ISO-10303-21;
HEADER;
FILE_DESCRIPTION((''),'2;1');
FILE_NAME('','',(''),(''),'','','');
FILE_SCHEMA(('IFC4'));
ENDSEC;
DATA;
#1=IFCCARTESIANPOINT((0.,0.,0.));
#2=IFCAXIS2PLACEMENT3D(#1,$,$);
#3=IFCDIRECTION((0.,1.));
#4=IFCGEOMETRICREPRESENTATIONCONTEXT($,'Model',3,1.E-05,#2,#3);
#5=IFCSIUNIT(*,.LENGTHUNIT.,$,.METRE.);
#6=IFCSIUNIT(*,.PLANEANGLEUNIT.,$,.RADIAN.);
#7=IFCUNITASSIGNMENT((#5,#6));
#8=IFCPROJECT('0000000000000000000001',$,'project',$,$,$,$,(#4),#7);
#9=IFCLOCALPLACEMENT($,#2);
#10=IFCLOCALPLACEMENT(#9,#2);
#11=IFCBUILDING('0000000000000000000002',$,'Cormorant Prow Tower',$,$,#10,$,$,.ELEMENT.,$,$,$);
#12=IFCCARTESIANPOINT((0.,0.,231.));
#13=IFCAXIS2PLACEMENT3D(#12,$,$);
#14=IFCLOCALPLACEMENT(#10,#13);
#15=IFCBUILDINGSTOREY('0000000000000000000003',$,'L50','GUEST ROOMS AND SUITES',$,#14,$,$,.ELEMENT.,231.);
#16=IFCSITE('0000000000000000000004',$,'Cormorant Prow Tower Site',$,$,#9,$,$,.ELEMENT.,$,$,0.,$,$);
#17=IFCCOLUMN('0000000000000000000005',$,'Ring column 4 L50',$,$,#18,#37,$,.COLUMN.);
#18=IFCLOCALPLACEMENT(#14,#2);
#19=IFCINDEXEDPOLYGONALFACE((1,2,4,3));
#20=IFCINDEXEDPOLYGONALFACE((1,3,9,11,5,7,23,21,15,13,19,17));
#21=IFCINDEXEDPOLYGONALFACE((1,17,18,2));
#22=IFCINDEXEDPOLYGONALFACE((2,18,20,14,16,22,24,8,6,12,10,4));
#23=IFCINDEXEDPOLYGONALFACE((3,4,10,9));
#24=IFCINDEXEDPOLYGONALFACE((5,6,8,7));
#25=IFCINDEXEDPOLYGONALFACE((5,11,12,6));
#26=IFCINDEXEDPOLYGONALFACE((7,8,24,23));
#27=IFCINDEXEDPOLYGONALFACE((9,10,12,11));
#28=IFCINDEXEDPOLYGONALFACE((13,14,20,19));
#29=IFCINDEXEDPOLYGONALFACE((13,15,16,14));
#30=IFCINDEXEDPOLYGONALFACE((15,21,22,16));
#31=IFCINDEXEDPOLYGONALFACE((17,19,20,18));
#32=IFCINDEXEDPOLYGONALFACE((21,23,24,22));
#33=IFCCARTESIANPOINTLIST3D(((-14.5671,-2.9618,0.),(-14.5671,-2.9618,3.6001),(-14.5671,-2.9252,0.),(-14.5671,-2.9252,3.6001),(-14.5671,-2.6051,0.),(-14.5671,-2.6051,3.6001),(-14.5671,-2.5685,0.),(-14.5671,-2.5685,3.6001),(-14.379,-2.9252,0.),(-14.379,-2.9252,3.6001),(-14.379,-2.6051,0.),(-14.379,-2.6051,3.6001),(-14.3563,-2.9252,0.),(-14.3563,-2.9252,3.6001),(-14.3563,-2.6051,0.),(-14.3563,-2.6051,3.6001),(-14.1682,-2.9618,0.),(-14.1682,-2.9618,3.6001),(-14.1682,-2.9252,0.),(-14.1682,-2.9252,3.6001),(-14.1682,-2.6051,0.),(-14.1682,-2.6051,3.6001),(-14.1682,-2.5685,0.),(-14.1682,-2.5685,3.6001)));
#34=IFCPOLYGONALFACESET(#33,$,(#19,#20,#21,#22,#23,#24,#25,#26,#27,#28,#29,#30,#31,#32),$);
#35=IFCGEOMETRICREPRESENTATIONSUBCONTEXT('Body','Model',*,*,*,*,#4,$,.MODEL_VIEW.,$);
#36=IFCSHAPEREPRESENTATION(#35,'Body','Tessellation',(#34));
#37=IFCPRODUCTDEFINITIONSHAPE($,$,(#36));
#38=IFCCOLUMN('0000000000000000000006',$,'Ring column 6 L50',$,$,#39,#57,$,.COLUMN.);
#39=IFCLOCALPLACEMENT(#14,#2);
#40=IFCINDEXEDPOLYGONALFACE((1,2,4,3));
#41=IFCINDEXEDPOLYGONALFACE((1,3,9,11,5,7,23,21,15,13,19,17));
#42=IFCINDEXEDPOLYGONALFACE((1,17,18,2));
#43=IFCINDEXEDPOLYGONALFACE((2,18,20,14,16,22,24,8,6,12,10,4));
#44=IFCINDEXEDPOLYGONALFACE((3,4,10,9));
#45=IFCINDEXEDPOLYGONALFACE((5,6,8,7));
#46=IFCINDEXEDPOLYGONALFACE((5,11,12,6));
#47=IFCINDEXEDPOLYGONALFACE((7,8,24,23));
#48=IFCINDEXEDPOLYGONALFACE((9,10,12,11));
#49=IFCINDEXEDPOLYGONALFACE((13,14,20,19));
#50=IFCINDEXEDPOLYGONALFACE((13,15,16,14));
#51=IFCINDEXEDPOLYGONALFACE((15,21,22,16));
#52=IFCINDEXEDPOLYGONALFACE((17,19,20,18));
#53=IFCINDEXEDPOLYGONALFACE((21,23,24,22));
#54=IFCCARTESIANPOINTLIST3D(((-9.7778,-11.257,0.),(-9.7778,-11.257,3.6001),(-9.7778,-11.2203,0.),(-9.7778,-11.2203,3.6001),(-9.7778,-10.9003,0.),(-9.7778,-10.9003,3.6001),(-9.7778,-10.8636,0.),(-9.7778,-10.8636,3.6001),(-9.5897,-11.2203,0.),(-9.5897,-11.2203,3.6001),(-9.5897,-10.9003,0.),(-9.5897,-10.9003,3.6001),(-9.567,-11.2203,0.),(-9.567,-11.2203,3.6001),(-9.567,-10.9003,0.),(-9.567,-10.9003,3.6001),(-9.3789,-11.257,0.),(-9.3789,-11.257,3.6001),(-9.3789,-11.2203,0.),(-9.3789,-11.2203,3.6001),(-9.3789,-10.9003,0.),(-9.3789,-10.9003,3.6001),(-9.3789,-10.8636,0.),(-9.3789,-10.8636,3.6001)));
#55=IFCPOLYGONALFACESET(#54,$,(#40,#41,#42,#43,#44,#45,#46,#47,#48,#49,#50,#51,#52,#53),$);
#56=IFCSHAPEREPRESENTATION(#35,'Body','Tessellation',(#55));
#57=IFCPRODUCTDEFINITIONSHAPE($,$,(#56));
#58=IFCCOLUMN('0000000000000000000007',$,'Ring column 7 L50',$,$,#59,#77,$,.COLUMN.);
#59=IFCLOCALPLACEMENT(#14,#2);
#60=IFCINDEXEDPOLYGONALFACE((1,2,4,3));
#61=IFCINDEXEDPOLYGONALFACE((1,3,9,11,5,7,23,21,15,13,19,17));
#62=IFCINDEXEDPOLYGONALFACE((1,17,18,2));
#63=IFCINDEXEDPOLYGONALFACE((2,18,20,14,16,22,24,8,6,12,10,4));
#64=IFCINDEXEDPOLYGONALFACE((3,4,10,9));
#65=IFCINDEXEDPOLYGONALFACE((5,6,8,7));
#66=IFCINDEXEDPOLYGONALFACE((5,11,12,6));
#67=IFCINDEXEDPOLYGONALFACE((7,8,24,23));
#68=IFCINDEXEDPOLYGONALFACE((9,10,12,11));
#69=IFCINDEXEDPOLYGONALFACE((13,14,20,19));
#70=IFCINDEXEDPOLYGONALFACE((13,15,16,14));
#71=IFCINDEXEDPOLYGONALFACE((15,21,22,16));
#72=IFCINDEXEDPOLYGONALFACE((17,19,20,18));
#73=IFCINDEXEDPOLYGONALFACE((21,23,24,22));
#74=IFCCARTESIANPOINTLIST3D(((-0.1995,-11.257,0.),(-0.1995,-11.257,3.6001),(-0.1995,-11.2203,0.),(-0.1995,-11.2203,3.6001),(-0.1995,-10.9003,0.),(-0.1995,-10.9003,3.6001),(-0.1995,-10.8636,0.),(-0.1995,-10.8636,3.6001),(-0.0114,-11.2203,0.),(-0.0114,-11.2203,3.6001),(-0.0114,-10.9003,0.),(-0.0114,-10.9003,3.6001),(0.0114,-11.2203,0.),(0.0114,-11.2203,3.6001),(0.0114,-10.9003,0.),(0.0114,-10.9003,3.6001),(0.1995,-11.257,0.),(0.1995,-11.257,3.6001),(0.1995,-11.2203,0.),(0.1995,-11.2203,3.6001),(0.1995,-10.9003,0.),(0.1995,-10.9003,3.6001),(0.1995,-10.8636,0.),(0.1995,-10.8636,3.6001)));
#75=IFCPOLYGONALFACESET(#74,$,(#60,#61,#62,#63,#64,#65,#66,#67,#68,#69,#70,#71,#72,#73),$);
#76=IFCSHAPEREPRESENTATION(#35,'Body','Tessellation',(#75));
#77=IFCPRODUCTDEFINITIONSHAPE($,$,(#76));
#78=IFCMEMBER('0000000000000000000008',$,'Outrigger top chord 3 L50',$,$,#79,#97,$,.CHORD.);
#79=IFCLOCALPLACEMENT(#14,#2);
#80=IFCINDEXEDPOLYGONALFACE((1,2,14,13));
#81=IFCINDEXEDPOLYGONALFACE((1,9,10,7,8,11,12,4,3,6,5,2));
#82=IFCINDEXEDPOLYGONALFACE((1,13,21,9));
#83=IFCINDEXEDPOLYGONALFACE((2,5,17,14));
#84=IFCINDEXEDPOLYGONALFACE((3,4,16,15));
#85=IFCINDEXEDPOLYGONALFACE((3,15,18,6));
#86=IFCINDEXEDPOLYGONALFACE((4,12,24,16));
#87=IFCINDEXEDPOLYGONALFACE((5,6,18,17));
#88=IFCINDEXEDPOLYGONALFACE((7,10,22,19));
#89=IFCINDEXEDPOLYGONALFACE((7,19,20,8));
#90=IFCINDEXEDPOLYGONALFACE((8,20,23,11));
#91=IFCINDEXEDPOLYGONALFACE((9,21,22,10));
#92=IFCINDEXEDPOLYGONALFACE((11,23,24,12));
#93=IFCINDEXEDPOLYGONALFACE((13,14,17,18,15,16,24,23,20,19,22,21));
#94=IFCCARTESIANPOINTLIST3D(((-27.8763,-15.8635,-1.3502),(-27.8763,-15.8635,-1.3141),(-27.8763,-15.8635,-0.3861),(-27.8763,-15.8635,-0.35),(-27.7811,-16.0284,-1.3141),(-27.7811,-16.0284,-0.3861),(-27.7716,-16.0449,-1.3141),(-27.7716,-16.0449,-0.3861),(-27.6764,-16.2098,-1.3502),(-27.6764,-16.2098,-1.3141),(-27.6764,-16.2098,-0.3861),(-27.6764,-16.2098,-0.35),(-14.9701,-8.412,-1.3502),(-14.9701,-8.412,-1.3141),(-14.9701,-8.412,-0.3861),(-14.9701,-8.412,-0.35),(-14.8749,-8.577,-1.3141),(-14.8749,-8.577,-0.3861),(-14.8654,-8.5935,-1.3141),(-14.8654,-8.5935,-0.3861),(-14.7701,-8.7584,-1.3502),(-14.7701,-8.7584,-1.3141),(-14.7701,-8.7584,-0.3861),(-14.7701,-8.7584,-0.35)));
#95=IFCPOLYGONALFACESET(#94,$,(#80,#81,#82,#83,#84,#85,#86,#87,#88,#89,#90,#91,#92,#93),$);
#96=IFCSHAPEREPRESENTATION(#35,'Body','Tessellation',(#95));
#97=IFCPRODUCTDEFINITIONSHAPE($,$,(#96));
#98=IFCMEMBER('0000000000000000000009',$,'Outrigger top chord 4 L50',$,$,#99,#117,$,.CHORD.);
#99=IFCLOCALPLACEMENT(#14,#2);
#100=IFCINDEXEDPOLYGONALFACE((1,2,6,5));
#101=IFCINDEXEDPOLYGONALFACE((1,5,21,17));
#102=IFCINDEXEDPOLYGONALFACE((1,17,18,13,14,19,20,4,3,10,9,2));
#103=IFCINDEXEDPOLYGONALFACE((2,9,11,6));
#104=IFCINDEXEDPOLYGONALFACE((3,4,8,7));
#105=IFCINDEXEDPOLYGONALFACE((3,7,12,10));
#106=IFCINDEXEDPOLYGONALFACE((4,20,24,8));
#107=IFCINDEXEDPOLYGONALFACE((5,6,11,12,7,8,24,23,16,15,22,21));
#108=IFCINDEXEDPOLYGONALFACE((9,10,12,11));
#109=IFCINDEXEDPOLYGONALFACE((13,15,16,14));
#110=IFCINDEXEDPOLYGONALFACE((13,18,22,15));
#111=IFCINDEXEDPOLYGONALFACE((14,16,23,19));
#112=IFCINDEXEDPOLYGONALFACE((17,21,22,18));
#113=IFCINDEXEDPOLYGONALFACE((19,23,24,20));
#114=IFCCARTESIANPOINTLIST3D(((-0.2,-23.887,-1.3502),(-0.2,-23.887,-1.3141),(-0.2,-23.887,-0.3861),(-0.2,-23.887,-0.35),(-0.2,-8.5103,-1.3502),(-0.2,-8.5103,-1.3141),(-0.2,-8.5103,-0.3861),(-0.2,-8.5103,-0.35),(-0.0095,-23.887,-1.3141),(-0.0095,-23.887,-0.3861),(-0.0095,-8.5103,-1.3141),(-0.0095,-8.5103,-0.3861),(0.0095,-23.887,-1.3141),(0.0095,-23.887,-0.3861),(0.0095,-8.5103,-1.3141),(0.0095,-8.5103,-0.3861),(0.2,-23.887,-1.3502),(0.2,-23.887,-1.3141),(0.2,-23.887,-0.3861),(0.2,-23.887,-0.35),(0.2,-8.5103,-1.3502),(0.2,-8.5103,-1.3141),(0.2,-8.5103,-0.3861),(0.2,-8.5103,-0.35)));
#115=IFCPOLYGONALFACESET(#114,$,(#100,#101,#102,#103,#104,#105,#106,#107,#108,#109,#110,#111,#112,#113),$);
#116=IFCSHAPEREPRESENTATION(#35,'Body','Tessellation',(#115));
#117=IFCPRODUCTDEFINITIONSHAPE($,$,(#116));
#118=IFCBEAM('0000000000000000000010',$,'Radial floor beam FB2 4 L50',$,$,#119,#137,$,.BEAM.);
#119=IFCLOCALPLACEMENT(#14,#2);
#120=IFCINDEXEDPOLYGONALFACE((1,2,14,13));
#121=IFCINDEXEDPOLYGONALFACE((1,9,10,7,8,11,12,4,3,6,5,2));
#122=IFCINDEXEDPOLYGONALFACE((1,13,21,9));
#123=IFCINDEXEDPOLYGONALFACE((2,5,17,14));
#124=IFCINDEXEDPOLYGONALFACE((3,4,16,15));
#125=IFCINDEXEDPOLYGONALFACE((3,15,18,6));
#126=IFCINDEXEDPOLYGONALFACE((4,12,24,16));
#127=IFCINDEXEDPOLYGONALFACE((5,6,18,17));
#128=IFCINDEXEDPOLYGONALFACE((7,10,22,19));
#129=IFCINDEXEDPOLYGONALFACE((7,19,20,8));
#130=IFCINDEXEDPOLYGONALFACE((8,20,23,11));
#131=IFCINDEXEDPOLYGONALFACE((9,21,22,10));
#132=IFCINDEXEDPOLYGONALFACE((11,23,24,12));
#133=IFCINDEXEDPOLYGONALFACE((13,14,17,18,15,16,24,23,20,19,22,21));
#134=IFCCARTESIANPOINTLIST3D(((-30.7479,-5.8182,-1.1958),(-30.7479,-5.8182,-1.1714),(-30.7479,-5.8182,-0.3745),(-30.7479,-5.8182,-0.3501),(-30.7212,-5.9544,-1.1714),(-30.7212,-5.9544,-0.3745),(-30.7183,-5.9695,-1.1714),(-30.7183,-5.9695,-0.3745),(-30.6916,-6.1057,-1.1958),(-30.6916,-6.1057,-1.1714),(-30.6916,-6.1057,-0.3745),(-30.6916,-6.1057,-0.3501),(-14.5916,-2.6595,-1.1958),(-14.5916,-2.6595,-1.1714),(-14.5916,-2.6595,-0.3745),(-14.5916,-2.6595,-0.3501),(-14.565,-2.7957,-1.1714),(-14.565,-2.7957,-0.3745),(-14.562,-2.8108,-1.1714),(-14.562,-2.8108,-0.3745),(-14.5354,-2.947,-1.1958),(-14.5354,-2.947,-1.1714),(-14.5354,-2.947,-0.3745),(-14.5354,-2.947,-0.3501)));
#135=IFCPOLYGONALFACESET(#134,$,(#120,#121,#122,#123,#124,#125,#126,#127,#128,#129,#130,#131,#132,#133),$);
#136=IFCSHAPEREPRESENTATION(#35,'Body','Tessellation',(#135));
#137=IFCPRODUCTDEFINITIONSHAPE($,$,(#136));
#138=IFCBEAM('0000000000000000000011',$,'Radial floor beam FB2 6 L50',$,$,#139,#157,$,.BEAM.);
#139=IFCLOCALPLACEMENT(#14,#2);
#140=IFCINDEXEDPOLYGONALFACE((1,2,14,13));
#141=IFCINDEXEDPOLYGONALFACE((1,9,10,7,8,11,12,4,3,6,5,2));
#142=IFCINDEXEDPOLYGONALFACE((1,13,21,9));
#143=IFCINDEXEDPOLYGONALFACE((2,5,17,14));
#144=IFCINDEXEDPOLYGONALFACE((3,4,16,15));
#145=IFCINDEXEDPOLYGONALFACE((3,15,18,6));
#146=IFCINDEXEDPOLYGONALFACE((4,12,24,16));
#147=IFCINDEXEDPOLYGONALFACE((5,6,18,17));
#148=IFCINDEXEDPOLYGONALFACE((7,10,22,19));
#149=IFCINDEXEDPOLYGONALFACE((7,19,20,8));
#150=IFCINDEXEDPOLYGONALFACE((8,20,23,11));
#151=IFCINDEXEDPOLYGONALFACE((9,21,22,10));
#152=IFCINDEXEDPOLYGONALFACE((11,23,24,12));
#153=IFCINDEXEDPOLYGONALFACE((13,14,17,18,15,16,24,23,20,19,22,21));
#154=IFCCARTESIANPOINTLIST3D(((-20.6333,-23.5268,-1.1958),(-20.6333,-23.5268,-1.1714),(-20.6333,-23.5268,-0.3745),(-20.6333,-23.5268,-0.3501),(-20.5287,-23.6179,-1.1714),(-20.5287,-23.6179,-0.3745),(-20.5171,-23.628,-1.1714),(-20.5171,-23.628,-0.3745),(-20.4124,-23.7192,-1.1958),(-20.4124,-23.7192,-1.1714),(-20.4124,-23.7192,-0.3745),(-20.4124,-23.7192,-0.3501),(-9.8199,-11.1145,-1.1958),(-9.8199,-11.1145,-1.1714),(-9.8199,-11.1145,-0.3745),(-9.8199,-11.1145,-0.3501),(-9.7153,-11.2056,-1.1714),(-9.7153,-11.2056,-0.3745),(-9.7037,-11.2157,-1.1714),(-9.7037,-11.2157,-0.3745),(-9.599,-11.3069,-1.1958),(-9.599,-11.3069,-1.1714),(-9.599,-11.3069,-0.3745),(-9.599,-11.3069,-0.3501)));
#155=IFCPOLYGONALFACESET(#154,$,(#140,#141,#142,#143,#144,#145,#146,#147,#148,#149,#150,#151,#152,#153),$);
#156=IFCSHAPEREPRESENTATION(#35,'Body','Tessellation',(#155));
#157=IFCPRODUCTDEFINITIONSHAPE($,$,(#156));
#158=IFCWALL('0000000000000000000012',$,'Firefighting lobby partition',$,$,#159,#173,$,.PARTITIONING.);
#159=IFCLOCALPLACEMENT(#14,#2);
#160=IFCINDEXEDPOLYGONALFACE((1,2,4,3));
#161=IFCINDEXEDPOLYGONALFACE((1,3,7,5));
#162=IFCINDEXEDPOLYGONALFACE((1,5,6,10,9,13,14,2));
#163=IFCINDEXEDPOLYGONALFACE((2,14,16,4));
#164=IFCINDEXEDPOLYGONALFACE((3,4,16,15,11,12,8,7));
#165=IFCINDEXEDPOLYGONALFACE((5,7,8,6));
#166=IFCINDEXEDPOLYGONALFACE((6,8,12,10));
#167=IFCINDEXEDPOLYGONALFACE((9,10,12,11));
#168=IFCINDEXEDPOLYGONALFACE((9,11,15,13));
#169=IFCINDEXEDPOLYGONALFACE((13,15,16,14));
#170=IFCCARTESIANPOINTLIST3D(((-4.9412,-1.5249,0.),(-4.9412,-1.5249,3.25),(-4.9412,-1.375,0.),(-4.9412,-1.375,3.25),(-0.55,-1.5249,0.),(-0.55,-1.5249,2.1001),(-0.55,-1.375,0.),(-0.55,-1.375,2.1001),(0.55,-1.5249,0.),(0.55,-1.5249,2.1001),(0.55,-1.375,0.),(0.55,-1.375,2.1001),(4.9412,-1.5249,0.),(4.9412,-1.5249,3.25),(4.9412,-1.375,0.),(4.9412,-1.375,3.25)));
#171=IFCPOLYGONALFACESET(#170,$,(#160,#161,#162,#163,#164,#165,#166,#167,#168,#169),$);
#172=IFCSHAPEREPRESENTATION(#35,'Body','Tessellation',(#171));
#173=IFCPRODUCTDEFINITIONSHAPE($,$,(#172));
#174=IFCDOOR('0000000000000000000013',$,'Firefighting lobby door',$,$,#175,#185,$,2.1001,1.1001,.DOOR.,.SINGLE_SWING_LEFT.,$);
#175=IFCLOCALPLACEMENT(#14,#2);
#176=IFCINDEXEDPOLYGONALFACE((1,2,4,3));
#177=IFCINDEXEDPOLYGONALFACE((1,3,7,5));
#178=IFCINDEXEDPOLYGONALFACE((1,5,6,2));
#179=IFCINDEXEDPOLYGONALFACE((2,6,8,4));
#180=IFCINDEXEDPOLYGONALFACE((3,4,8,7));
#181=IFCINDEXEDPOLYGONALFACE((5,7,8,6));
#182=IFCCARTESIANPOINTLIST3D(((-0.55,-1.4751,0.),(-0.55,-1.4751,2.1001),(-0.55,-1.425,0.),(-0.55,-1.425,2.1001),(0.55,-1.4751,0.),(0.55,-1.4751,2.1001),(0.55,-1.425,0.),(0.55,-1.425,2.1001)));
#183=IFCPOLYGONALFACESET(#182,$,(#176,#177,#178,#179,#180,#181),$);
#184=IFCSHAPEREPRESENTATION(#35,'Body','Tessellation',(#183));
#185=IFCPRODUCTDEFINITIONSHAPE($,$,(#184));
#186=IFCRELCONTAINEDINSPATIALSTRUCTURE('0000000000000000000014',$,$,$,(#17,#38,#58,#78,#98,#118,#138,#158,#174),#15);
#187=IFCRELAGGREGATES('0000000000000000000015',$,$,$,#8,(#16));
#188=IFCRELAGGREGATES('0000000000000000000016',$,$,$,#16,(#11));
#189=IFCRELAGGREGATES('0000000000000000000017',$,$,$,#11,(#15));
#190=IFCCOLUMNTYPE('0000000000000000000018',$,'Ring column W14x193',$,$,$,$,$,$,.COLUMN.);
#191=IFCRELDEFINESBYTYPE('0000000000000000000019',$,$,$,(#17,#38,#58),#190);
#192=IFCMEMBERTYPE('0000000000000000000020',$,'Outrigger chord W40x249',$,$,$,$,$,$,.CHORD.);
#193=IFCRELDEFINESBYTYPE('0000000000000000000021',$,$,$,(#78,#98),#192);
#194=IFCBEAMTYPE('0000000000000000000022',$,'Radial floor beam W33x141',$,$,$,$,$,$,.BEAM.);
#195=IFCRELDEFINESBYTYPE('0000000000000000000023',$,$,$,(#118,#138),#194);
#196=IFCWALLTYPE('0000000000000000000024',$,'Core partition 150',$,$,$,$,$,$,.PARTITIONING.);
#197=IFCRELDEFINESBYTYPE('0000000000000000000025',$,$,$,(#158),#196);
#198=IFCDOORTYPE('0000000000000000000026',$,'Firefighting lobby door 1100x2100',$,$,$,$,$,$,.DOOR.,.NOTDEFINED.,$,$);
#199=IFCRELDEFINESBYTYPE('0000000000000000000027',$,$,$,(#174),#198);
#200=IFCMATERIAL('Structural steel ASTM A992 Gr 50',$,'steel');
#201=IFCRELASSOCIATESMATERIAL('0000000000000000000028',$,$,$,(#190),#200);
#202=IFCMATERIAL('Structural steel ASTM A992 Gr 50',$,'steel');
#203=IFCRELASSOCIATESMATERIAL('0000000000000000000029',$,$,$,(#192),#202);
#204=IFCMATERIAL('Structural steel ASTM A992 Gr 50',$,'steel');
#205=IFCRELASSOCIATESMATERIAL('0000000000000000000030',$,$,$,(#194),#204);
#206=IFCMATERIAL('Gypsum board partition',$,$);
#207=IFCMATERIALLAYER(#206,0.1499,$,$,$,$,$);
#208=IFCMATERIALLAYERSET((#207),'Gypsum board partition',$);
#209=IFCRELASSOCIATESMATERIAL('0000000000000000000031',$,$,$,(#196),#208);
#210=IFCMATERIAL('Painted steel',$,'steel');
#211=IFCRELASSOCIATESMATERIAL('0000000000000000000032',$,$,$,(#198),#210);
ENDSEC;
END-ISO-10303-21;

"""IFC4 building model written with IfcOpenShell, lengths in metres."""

from ifc_helpers import new_model, si_unit, direction, frame, frame_2d, origin, origin_2d, place, context, subcontext, project, spatial, rectangle, i_section, extrude, material, layer, layer_set, material_profile, profile_set, type_object, element, fill, save


model = new_model("IFC4")

# Units and contexts
model_context = context("Model", 3, precision=1e-05, world=origin(), true_north=direction((0.0, 1.0)))
body_context = subcontext(model_context, "Body", "Model", "MODEL_VIEW")
ifc_project = project(units=[si_unit("LENGTHUNIT", "METRE"), si_unit("PLANEANGLEUNIT", "RADIAN")], contexts=[model_context])

# Site, building, storey
site_placement = place(None, origin())
site = spatial("IfcSite", under=ifc_project, at=site_placement, Name="Cormorant Prow Tower Site", CompositionType="ELEMENT", RefElevation=0.0)
building_placement = place(site_placement, origin())
building = spatial("IfcBuilding", under=site, at=building_placement, Name="Cormorant Prow Tower", CompositionType="ELEMENT")
storey_placement = place(building_placement, frame((0.0, 0.0, 231.0)))
storey = spatial("IfcBuildingStorey", under=building, at=storey_placement, Name="L50", Description="GUEST ROOMS AND SUITES", CompositionType="ELEMENT", Elevation=231.0)

# Columns
ifc_material_1 = material(Name="Structural steel ASTM A992 Gr 50", Category="steel")
ifc_material_profile_1 = material_profile(ifc_material_1, i_section(OverallWidth=0.3989, OverallDepth=0.3933, WebThickness=0.0227, FlangeThickness=0.0366, at=origin_2d()), Name="W14x193")
ifc_profile_set_1 = profile_set([ifc_material_profile_1], Name="Structural steel ASTM A992 Gr 50")
column_type = type_object("IfcColumnType", Name="Ring column W14x193", PredefinedType="COLUMN", material=ifc_profile_set_1)
for number, where, z_axis, x_axis, name in (
    (1, (-14.3677, -2.7651, 0.0), (0.0, 0.0, 1.0), (1.0, 0.0, 0.0), "Ring column 4 L50"),
    (2, (-9.5784, -11.0603, 0.0), (0.0, 0.0, 1.0), (1.0, 0.0, 0.0), "Ring column 6 L50"),
    (3, (0.0, -11.0603, 0.0), (0.0, 0.0, 1.0), (1.0, 0.0, 0.0), "Ring column 7 L50"),
):
    element("IfcColumn", number, at=place(storey_placement, frame(where, z_axis=z_axis, x_axis=x_axis)), inside=storey, type_object=column_type, Name=name, PredefinedType="COLUMN", context=body_context, shape_type="SweptSolid", body=[
        extrude(i_section(OverallWidth=0.3989, OverallDepth=0.3933, WebThickness=0.0227, FlangeThickness=0.0366, at=origin_2d()), origin(), (0.0, 0.0, 1.0), 3.6001),
    ])

# Members
ifc_material_2 = material(Name="Structural steel ASTM A992 Gr 50", Category="steel")
ifc_material_profile_2 = material_profile(ifc_material_2, i_section(OverallWidth=0.3999, OverallDepth=1.0002, WebThickness=0.019, FlangeThickness=0.0361, at=origin_2d()), Name="W40x249")
ifc_profile_set_2 = profile_set([ifc_material_profile_2], Name="Structural steel ASTM A992 Gr 50")
member_type = type_object("IfcMemberType", Name="Outrigger chord W40x249", PredefinedType="CHORD", material=ifc_profile_set_2)
member_1_placement = place(storey_placement, frame((-14.8701, -8.5852, -0.8501), z_axis=(-0.866026, -0.499999, 0.0), x_axis=(0.499999, -0.866026, 0.0)))
element("IfcMember", 4, at=member_1_placement, inside=storey, type_object=member_type, Name="Outrigger top chord 3 L50", PredefinedType="CHORD", context=body_context, shape_type="SweptSolid", body=[
    extrude(i_section(OverallWidth=0.3999, OverallDepth=1.0002, WebThickness=0.019, FlangeThickness=0.0361, at=origin_2d()), origin(), (0.0, 0.0, 1.0), 14.9028),
])
member_2_placement = place(storey_placement, frame((0.0, -8.5103, -0.8501), z_axis=(0.0, -1.0, 0.0), x_axis=(1.0, 0.0, 0.0)))
element("IfcMember", 5, at=member_2_placement, inside=storey, type_object=member_type, Name="Outrigger top chord 4 L50", PredefinedType="CHORD", context=body_context, shape_type="SweptSolid", body=[
    extrude(i_section(OverallWidth=0.3999, OverallDepth=1.0002, WebThickness=0.019, FlangeThickness=0.0361, at=origin_2d()), origin(), (0.0, 0.0, 1.0), 15.3767),
])

# Beams
ifc_material_3 = material(Name="Structural steel ASTM A992 Gr 50", Category="steel")
ifc_material_profile_3 = material_profile(ifc_material_3, i_section(OverallWidth=0.293, OverallDepth=0.8457, WebThickness=0.0154, FlangeThickness=0.0244, at=origin_2d()), Name="W33x141")
ifc_profile_set_3 = profile_set([ifc_material_profile_3], Name="Structural steel ASTM A992 Gr 50")
beam_type = type_object("IfcBeamType", Name="Radial floor beam W33x141", PredefinedType="BEAM", material=ifc_profile_set_3)
beam_1_placement = place(storey_placement, frame((-14.5635, -2.8032, -0.7729), z_axis=(-0.981419, -0.191876, 0.0), x_axis=(0.191876, -0.981419, 0.0)))
element("IfcBeam", 6, at=beam_1_placement, inside=storey, type_object=beam_type, Name="Radial floor beam FB2 4 L50", PredefinedType="BEAM", context=body_context, shape_type="SweptSolid", body=[
    extrude(i_section(OverallWidth=0.293, OverallDepth=0.8457, WebThickness=0.0154, FlangeThickness=0.0244, at=origin_2d()), origin(), (0.0, 0.0, 1.0), 16.4622),
])
beam_2_placement = place(storey_placement, frame((-9.7095, -11.2107, -0.7729), z_axis=(-0.656875, -0.754, 0.0), x_axis=(0.754, -0.656875, 0.0)))
element("IfcBeam", 7, at=beam_2_placement, inside=storey, type_object=beam_type, Name="Radial floor beam FB2 6 L50", PredefinedType="BEAM", context=body_context, shape_type="SweptSolid", body=[
    extrude(i_section(OverallWidth=0.293, OverallDepth=0.8457, WebThickness=0.0154, FlangeThickness=0.0244, at=origin_2d()), origin(), (0.0, 0.0, 1.0), 16.4619),
])

# Wall, opening, door
ifc_material_4 = material(Name="Gypsum board partition")
ifc_layer_1 = layer(ifc_material_4, 0.1499)
ifc_layer_set_1 = layer_set([ifc_layer_1], Name="Gypsum board partition")
wall_type_1 = type_object("IfcWallType", Name="Core partition 150", PredefinedType="PARTITIONING", material=ifc_layer_set_1)
wall_1_placement = place(storey_placement, frame((-4.9412, -1.45, 0.0), z_axis=(0.0, 0.0, 1.0), x_axis=(1.0, 0.0, 0.0)))
wall_1 = element("IfcWall", 8, at=wall_1_placement, inside=storey, type_object=wall_type_1, Name="Firefighting lobby partition", PredefinedType="PARTITIONING", context=body_context, shape_type="SweptSolid", body=[
    extrude(rectangle(XDim=9.8823, YDim=0.1499, at=frame_2d((4.9412, 0.0))), origin(), (0.0, 0.0, 1.0), 3.25),
])
opening_1_placement = place(wall_1_placement, frame((4.3911, 0.0, 0.0)))
opening_1 = element("IfcOpeningElement", 9, at=opening_1_placement, cuts=wall_1, PredefinedType="OPENING", context=body_context, shape_type="SweptSolid", body=[
    extrude(rectangle(XDim=1.1001, YDim=2.1001, at=frame_2d((0.55, 1.05))), frame((0.0, 0.085, 0.0), z_axis=(0.0, -1.0, 0.0), x_axis=(1.0, 0.0, 0.0)), (0.0, 0.0, 1.0), 0.1699),
])
ifc_material_5 = material(Name="Painted steel", Category="steel")
door_type_1 = type_object("IfcDoorType", Name="Firefighting lobby door 1100x2100", OperationType="NOTDEFINED", PredefinedType="DOOR", material=ifc_material_5)
door_1_placement = place(opening_1_placement, origin())
door_1 = element("IfcDoor", 10, at=door_1_placement, inside=storey, type_object=door_type_1, Name="Firefighting lobby door", OperationType="SINGLE_SWING_LEFT", OverallHeight=2.1001, OverallWidth=1.1001, PredefinedType="DOOR", context=body_context, shape_type="SweptSolid", body=[
    extrude(rectangle(XDim=1.1001, YDim=2.1001, at=frame_2d((0.55, 1.05))), frame((0.0, 0.0249, 0.0), z_axis=(0.0, -1.0, 0.0), x_axis=(1.0, 0.0, 0.0)), (0.0, 0.0, 1.0), 0.05),
])
fill(opening_1, door_1)

save(model, "model.ifc")
